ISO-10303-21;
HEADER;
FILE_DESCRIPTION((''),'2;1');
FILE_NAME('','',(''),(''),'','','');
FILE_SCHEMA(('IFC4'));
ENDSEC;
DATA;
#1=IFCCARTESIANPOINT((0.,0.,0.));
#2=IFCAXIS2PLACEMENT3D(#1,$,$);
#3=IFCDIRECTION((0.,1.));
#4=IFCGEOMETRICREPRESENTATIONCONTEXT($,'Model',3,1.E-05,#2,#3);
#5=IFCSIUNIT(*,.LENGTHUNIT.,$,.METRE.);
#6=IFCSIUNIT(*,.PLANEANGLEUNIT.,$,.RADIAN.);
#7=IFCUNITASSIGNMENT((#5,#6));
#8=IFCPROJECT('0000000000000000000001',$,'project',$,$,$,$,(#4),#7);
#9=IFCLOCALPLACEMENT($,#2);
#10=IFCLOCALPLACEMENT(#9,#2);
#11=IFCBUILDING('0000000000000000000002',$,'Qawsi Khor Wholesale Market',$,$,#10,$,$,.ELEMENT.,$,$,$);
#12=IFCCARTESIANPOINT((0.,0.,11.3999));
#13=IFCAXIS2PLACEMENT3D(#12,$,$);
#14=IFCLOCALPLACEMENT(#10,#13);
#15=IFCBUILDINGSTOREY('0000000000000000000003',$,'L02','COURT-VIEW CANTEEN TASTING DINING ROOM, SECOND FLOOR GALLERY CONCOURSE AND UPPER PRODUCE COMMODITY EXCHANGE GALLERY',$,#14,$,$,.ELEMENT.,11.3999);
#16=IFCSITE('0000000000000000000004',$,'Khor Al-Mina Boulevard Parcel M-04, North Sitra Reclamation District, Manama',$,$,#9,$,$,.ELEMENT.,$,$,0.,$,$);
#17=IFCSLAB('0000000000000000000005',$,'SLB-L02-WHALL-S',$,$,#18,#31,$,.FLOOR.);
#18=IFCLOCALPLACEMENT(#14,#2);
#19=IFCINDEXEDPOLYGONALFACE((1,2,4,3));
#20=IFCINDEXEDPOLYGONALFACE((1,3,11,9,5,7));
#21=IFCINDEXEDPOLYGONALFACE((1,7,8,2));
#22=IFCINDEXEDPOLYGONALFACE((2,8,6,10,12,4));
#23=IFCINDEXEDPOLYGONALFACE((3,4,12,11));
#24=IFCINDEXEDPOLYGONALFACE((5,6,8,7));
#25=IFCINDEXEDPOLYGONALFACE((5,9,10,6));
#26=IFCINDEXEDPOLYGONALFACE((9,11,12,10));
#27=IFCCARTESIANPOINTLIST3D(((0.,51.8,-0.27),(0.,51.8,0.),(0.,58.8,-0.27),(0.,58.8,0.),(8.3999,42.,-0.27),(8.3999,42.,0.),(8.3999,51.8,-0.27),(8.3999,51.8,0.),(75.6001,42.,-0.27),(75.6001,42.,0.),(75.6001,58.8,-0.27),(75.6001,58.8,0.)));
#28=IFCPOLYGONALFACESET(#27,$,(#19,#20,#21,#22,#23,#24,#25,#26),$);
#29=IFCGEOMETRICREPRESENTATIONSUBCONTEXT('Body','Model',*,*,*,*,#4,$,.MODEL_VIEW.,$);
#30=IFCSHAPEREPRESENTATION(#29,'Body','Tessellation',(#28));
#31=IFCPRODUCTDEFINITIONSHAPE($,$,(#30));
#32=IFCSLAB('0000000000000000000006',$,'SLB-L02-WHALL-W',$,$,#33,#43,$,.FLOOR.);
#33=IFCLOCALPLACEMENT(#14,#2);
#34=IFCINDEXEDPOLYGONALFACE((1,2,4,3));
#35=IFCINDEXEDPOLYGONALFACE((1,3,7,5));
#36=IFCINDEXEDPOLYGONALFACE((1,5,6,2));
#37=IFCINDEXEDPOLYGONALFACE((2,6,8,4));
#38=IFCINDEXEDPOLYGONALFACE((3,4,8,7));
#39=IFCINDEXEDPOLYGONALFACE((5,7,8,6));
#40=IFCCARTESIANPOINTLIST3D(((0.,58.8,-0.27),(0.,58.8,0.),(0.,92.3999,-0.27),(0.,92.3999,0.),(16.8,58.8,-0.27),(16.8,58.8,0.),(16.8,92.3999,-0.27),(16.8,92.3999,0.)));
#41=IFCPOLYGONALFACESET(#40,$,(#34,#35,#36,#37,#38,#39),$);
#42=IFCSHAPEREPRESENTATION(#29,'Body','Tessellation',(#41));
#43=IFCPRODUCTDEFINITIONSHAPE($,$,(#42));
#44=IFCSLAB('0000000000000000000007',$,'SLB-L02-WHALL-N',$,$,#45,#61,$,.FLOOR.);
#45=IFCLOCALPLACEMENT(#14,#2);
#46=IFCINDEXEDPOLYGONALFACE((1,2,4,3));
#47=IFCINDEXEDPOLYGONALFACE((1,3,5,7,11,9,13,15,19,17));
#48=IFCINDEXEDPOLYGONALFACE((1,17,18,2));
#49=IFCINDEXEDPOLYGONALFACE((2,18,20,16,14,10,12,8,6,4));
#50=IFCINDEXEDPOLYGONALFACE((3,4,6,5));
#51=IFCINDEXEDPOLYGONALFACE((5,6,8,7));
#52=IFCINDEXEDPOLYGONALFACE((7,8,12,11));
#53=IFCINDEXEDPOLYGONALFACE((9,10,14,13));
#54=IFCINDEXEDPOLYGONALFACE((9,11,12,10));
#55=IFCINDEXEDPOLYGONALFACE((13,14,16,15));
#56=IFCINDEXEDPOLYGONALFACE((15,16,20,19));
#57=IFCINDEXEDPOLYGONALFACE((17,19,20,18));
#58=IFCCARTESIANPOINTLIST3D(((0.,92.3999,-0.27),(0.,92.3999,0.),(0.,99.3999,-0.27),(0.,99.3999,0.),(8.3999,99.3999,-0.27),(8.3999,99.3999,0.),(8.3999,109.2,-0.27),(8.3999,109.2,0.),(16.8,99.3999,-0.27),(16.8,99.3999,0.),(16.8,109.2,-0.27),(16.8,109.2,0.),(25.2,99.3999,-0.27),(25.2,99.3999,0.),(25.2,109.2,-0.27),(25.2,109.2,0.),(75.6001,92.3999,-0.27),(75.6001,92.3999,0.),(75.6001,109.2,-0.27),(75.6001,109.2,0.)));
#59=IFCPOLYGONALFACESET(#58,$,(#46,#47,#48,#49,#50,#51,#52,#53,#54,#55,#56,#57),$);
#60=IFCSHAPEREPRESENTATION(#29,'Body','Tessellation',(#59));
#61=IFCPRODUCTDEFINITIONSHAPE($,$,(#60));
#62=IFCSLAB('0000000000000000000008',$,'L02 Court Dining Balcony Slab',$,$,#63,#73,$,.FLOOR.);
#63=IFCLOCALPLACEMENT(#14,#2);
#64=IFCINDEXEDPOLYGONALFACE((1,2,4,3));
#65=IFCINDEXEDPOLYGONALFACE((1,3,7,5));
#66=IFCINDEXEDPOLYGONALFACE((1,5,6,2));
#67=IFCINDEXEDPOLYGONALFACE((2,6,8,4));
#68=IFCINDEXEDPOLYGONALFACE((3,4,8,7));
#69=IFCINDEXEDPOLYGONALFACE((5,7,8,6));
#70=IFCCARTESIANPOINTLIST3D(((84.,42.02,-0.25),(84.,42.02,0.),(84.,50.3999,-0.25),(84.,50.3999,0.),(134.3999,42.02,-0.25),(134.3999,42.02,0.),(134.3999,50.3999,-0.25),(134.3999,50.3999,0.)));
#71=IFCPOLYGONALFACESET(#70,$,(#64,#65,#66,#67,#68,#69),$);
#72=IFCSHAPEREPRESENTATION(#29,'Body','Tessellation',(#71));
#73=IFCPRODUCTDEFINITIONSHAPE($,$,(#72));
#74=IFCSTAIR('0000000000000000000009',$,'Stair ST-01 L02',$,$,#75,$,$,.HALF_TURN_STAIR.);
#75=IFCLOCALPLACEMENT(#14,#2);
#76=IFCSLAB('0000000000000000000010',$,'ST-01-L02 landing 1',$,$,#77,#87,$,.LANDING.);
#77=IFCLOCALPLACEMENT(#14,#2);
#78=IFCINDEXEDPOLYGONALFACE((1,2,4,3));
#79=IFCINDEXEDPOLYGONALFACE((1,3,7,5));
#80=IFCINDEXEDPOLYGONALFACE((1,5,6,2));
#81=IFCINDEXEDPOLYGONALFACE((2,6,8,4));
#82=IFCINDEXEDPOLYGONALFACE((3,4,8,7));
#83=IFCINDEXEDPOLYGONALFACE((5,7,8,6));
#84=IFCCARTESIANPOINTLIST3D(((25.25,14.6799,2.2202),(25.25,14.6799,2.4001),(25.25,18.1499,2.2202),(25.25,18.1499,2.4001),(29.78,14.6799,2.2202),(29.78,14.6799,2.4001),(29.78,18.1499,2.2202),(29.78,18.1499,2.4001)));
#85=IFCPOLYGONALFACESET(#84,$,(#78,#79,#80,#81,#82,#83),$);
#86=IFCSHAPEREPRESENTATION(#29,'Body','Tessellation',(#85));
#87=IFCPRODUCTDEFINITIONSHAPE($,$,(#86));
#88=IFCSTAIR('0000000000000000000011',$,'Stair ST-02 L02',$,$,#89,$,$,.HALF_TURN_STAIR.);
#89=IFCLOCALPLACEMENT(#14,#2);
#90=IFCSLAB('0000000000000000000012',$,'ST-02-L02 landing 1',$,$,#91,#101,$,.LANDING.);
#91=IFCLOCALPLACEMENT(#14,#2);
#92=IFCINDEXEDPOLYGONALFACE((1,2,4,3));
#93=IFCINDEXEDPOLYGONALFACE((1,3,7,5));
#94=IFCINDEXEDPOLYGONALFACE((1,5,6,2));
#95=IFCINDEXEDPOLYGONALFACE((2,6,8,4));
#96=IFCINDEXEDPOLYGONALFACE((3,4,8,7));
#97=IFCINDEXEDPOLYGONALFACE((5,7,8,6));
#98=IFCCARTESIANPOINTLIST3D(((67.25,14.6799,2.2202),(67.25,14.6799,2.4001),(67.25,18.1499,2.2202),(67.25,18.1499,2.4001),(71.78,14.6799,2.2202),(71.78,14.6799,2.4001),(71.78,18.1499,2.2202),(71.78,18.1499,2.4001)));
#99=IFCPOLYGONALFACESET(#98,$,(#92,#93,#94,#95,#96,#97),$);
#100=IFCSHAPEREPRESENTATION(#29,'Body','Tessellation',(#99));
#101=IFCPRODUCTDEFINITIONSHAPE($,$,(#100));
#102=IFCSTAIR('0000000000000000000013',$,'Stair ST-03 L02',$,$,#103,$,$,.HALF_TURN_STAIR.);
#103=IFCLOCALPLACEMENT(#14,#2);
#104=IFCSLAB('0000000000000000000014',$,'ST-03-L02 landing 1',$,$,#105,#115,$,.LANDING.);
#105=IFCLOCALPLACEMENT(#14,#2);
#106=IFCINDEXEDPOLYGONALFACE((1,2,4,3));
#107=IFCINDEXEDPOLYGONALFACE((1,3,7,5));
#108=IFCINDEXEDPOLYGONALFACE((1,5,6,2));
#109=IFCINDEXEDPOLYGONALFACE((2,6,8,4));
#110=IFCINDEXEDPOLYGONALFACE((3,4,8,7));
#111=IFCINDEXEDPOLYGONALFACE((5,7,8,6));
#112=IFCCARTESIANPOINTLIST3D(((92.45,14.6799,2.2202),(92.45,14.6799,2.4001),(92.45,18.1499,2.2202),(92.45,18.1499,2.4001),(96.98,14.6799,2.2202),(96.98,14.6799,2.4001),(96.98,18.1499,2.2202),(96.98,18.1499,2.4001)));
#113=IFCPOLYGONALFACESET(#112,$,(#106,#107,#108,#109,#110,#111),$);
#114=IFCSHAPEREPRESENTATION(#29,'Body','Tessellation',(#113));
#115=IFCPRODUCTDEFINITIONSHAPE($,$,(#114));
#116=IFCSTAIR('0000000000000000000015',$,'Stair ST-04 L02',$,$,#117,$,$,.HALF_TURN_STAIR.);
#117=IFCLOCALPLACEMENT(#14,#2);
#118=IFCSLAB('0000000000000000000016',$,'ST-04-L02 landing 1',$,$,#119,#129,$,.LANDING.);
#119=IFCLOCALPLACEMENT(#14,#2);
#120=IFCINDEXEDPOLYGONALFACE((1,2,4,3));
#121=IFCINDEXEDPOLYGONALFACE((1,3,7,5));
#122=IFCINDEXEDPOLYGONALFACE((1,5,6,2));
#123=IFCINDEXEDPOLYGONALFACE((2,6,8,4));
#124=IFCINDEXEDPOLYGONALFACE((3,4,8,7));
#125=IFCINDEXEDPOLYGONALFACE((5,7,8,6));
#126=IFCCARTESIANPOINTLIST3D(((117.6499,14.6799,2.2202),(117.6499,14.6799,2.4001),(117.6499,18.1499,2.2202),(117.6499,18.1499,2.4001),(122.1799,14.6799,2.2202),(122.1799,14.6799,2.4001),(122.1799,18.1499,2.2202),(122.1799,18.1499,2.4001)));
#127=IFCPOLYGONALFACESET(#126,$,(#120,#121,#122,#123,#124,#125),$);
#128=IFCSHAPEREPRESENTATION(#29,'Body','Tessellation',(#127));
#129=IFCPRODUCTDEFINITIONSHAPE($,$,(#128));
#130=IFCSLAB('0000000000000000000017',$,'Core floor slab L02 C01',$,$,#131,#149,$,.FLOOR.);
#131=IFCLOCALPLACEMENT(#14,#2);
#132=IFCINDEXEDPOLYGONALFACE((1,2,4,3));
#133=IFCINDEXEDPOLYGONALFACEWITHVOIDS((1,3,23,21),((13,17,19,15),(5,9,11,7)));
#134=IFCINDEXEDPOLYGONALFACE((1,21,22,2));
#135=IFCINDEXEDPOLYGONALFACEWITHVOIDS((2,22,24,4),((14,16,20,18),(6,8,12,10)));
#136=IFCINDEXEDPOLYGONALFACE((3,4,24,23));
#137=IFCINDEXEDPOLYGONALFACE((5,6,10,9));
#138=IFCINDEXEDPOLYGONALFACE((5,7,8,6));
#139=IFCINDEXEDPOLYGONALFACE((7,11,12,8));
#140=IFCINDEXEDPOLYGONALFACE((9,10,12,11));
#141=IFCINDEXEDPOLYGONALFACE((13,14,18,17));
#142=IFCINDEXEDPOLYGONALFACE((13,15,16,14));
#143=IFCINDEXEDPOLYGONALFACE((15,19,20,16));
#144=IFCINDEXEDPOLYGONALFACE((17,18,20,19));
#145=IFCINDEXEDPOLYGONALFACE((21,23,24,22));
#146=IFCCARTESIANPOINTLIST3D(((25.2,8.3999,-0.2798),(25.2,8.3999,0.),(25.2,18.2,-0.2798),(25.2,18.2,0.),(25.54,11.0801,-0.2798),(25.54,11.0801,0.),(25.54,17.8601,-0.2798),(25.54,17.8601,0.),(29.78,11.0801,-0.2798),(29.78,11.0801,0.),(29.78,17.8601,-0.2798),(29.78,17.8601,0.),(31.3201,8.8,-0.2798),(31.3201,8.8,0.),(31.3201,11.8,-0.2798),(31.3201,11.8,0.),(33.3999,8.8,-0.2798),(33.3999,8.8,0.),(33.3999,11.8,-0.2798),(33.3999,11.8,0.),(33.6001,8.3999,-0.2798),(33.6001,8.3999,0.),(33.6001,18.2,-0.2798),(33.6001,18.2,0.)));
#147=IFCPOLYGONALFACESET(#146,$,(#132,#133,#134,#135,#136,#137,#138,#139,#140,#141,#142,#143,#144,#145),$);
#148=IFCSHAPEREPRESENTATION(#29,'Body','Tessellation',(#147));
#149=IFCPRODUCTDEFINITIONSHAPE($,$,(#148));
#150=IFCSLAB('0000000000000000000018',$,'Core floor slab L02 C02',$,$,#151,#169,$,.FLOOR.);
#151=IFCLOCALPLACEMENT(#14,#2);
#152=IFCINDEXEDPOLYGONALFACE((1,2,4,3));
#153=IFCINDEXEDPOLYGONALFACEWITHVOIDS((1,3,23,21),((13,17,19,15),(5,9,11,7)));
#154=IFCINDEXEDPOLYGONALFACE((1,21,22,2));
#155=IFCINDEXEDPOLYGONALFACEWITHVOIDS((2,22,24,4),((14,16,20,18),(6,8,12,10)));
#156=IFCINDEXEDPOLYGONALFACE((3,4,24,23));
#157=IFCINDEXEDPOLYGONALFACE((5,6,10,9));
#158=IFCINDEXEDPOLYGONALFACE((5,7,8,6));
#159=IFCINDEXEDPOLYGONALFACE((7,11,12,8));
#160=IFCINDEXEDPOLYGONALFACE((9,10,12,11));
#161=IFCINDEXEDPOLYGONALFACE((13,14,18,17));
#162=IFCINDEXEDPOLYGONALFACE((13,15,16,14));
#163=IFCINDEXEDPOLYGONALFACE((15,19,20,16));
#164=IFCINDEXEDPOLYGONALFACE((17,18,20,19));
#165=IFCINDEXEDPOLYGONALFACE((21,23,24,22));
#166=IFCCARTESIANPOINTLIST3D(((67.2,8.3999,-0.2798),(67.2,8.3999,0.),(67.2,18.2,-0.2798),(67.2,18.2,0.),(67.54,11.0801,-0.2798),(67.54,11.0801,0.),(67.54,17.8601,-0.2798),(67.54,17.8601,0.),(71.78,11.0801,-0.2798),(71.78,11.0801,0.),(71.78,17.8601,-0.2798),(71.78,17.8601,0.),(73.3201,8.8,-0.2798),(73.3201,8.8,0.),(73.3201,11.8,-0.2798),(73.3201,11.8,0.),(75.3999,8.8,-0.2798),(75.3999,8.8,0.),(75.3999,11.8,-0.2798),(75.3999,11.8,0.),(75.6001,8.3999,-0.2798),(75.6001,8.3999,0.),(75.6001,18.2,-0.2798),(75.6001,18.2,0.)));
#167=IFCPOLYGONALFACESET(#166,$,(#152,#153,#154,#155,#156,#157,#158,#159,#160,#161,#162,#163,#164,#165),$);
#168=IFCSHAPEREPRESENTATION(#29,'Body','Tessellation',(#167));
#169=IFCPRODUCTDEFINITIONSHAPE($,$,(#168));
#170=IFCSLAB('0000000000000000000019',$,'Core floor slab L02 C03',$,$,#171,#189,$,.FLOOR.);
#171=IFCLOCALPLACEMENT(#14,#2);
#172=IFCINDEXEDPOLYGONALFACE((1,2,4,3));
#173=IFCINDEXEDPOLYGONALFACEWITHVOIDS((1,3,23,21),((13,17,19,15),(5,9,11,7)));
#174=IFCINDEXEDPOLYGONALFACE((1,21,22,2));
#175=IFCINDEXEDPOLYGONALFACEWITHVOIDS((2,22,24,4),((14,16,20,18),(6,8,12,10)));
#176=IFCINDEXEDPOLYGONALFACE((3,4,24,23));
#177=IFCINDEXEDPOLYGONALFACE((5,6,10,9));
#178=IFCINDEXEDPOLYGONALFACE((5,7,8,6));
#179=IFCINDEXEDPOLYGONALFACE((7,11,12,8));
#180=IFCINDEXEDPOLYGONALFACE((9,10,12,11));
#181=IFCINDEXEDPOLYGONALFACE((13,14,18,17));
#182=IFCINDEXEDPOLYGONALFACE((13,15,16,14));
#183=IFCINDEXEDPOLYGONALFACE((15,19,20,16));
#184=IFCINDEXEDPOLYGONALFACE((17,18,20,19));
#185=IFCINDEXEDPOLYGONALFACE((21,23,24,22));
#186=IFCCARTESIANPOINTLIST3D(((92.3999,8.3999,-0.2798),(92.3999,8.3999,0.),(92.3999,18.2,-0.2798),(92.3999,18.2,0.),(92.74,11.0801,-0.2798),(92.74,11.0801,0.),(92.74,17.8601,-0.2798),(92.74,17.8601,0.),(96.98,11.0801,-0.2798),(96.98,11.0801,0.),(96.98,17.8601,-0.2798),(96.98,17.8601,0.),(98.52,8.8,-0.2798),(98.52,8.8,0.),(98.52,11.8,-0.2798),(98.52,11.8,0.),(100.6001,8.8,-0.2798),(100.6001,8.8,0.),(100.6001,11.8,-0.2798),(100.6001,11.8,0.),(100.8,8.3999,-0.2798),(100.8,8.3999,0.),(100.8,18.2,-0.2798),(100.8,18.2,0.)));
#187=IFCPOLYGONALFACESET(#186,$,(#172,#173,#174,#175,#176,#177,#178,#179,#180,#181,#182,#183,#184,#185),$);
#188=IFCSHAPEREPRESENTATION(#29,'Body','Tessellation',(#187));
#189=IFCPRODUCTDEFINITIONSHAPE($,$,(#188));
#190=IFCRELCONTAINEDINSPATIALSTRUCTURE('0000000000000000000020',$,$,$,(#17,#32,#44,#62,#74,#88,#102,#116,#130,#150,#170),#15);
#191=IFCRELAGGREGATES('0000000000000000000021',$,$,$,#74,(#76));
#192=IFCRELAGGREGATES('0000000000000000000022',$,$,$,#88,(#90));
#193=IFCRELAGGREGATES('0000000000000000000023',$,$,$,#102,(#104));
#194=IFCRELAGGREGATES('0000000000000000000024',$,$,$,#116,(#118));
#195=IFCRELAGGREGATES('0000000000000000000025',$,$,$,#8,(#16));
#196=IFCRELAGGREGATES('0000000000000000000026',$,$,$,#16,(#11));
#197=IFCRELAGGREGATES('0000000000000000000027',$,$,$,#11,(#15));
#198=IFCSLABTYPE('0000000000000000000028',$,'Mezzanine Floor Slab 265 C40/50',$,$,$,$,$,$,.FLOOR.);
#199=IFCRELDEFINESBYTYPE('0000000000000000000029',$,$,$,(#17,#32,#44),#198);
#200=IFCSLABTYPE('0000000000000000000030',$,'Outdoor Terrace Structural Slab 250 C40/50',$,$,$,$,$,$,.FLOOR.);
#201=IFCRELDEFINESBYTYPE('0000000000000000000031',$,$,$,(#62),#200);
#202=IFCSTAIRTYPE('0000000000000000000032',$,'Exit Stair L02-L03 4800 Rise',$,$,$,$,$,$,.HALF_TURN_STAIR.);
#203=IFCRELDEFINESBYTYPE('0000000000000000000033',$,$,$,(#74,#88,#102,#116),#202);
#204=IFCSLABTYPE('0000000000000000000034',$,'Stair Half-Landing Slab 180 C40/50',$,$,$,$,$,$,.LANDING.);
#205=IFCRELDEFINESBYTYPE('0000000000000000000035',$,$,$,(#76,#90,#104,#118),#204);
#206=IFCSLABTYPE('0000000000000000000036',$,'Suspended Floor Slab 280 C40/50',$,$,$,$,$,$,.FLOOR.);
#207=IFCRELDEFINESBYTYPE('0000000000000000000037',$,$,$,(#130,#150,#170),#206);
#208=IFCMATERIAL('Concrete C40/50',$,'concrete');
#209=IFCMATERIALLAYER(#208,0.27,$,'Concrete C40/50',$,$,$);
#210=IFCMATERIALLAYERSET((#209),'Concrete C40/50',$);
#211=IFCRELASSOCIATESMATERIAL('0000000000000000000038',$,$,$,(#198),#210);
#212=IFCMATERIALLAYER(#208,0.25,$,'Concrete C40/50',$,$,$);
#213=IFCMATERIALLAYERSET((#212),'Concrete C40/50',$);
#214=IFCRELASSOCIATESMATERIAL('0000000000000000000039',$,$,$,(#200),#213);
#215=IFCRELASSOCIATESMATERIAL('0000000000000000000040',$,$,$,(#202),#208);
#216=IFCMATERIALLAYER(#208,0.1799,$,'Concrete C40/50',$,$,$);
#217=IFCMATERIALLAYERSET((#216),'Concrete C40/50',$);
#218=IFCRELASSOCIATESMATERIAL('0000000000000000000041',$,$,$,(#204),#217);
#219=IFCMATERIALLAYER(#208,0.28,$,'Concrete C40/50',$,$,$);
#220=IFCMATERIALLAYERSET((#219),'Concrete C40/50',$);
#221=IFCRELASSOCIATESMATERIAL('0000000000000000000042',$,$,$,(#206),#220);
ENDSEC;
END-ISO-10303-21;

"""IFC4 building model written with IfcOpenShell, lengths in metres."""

from ifc_helpers import new_model, si_unit, direction, frame, origin, place, context, subcontext, project, spatial, polyline, outline, extrude, material, layer, layer_set, type_object, element, aggregate, save


model = new_model("IFC4")

# Units and contexts
model_context = context("Model", 3, precision=1e-05, world=origin(), true_north=direction((0.0, 1.0)))
body_context = subcontext(model_context, "Body", "Model", "MODEL_VIEW")
ifc_project = project(units=[si_unit("LENGTHUNIT", "METRE"), si_unit("PLANEANGLEUNIT", "RADIAN")], contexts=[model_context])

# Site, building, storey
site_placement = place(None, origin())
site = spatial("IfcSite", under=ifc_project, at=site_placement, Name="Khor Al-Mina Boulevard Parcel M-04, North Sitra Reclamation District, Manama", CompositionType="ELEMENT", RefElevation=0.0)
building_placement = place(site_placement, origin())
building = spatial("IfcBuilding", under=site, at=building_placement, Name="Qawsi Khor Wholesale Market", CompositionType="ELEMENT")
storey_placement = place(building_placement, frame((0.0, 0.0, 11.3999)))
storey = spatial("IfcBuildingStorey", under=building, at=storey_placement, Name="L02", Description="COURT-VIEW CANTEEN TASTING DINING ROOM, SECOND FLOOR GALLERY CONCOURSE AND UPPER PRODUCE COMMODITY EXCHANGE GALLERY", CompositionType="ELEMENT", Elevation=11.3999)

# Slabs
ifc_material_1 = material(Name="Concrete C40/50", Category="concrete")
ifc_layer_1 = layer(ifc_material_1, 0.27, Name="Concrete C40/50")
ifc_layer_set_1 = layer_set([ifc_layer_1], Name="Concrete C40/50")
slab_type_1 = type_object("IfcSlabType", Name="Mezzanine Floor Slab 265 C40/50", PredefinedType="FLOOR", material=ifc_layer_set_1)
slab_1_placement = place(storey_placement, frame((0.0, 0.0, -0.27)))
element("IfcSlab", 1, at=slab_1_placement, inside=storey, type_object=slab_type_1, Name="SLB-L02-WHALL-S", PredefinedType="FLOOR", context=body_context, shape_type="SweptSolid", body=[
    extrude(outline(polyline([(0.0, 58.8), (75.6001, 58.8), (75.6001, 42.0), (8.3999, 42.0), (8.3999, 51.8), (0.0, 51.8), (0.0, 58.8)])), origin(), (0.0, 0.0, 1.0), 0.27),
])
slab_2_placement = place(storey_placement, frame((0.0, 0.0, -0.27)))
element("IfcSlab", 2, at=slab_2_placement, inside=storey, type_object=slab_type_1, Name="SLB-L02-WHALL-W", PredefinedType="FLOOR", context=body_context, shape_type="SweptSolid", body=[
    extrude(outline(polyline([(0.0, 92.3999), (16.8, 92.3999), (16.8, 58.8), (0.0, 58.8), (0.0, 92.3999)])), origin(), (0.0, 0.0, 1.0), 0.27),
])
slab_3_placement = place(storey_placement, frame((0.0, 0.0, -0.27)))
element("IfcSlab", 3, at=slab_3_placement, inside=storey, type_object=slab_type_1, Name="SLB-L02-WHALL-N", PredefinedType="FLOOR", context=body_context, shape_type="SweptSolid", body=[
    extrude(outline(polyline([(0.0, 99.3999), (8.3999, 99.3999), (8.3999, 109.2), (16.8, 109.2), (16.8, 99.3999), (25.2, 99.3999), (25.2, 109.2), (75.6001, 109.2), (75.6001, 92.3999), (0.0, 92.3999), (0.0, 99.3999)])), origin(), (0.0, 0.0, 1.0), 0.27),
])
ifc_layer_2 = layer(ifc_material_1, 0.25, Name="Concrete C40/50")
ifc_layer_set_2 = layer_set([ifc_layer_2], Name="Concrete C40/50")
slab_type_2 = type_object("IfcSlabType", Name="Outdoor Terrace Structural Slab 250 C40/50", PredefinedType="FLOOR", material=ifc_layer_set_2)
slab_4_placement = place(storey_placement, frame((0.0, 0.0, -0.25)))
element("IfcSlab", 4, at=slab_4_placement, inside=storey, type_object=slab_type_2, Name="L02 Court Dining Balcony Slab", PredefinedType="FLOOR", context=body_context, shape_type="SweptSolid", body=[
    extrude(outline(polyline([(84.0, 42.02), (134.3999, 42.02), (134.3999, 50.3999), (84.0, 50.3999), (84.0, 42.02)])), origin(), (0.0, 0.0, 1.0), 0.25),
])

# Stairs, slabs
stair_type = type_object("IfcStairType", Name="Exit Stair L02-L03 4800 Rise", PredefinedType="HALF_TURN_STAIR", material=ifc_material_1)
stair_1_placement = place(storey_placement, origin())
stair_1 = element("IfcStair", 5, at=stair_1_placement, inside=storey, type_object=stair_type, Name="Stair ST-01 L02", PredefinedType="HALF_TURN_STAIR")
ifc_layer_3 = layer(ifc_material_1, 0.1799, Name="Concrete C40/50")
ifc_layer_set_3 = layer_set([ifc_layer_3], Name="Concrete C40/50")
slab_type_3 = type_object("IfcSlabType", Name="Stair Half-Landing Slab 180 C40/50", PredefinedType="LANDING", material=ifc_layer_set_3)
slab_5_placement = place(storey_placement, frame((0.0, 0.0, 2.2202)))
slab_5 = element("IfcSlab", 6, at=slab_5_placement, type_object=slab_type_3, Name="ST-01-L02 landing 1", PredefinedType="LANDING", context=body_context, shape_type="SweptSolid", body=[
    extrude(outline(polyline([(25.25, 14.6799), (29.78, 14.6799), (29.78, 18.1499), (25.25, 18.1499), (25.25, 14.6799)])), origin(), (0.0, 0.0, 1.0), 0.1799),
])
aggregate(stair_1, [slab_5])
stair_2_placement = place(storey_placement, origin())
stair_2 = element("IfcStair", 7, at=stair_2_placement, inside=storey, type_object=stair_type, Name="Stair ST-02 L02", PredefinedType="HALF_TURN_STAIR")
slab_6_placement = place(storey_placement, frame((0.0, 0.0, 2.2202)))
slab_6 = element("IfcSlab", 8, at=slab_6_placement, type_object=slab_type_3, Name="ST-02-L02 landing 1", PredefinedType="LANDING", context=body_context, shape_type="SweptSolid", body=[
    extrude(outline(polyline([(67.25, 14.6799), (71.78, 14.6799), (71.78, 18.1499), (67.25, 18.1499), (67.25, 14.6799)])), origin(), (0.0, 0.0, 1.0), 0.1799),
])
aggregate(stair_2, [slab_6])
stair_3_placement = place(storey_placement, origin())
stair_3 = element("IfcStair", 9, at=stair_3_placement, inside=storey, type_object=stair_type, Name="Stair ST-03 L02", PredefinedType="HALF_TURN_STAIR")
slab_7_placement = place(storey_placement, frame((0.0, 0.0, 2.2202)))
slab_7 = element("IfcSlab", 10, at=slab_7_placement, type_object=slab_type_3, Name="ST-03-L02 landing 1", PredefinedType="LANDING", context=body_context, shape_type="SweptSolid", body=[
    extrude(outline(polyline([(92.45, 14.6799), (96.98, 14.6799), (96.98, 18.1499), (92.45, 18.1499), (92.45, 14.6799)])), origin(), (0.0, 0.0, 1.0), 0.1799),
])
aggregate(stair_3, [slab_7])
stair_4_placement = place(storey_placement, origin())
stair_4 = element("IfcStair", 11, at=stair_4_placement, inside=storey, type_object=stair_type, Name="Stair ST-04 L02", PredefinedType="HALF_TURN_STAIR")
slab_8_placement = place(storey_placement, frame((0.0, 0.0, 2.2202)))
slab_8 = element("IfcSlab", 12, at=slab_8_placement, type_object=slab_type_3, Name="ST-04-L02 landing 1", PredefinedType="LANDING", context=body_context, shape_type="SweptSolid", body=[
    extrude(outline(polyline([(117.6499, 14.6799), (122.1799, 14.6799), (122.1799, 18.1499), (117.6499, 18.1499), (117.6499, 14.6799)])), origin(), (0.0, 0.0, 1.0), 0.1799),
])
aggregate(stair_4, [slab_8])

# Slabs
ifc_layer_4 = layer(ifc_material_1, 0.28, Name="Concrete C40/50")
ifc_layer_set_4 = layer_set([ifc_layer_4], Name="Concrete C40/50")
slab_type_4 = type_object("IfcSlabType", Name="Suspended Floor Slab 280 C40/50", PredefinedType="FLOOR", material=ifc_layer_set_4)
slab_9_placement = place(storey_placement, frame((0.0, 0.0, -0.2798)))
element("IfcSlab", 13, at=slab_9_placement, inside=storey, type_object=slab_type_4, Name="Core floor slab L02 C01", PredefinedType="FLOOR", context=body_context, shape_type="SweptSolid", body=[
    extrude(outline(polyline([(25.2, 18.2), (33.6001, 18.2), (33.6001, 8.3999), (25.2, 8.3999), (25.2, 18.2)]), holes=[polyline([(31.3201, 8.8), (33.3999, 8.8), (33.3999, 11.8), (31.3201, 11.8), (31.3201, 8.8)]), polyline([(25.54, 11.0801), (29.78, 11.0801), (29.78, 17.8601), (25.54, 17.8601), (25.54, 11.0801)])]), origin(), (0.0, 0.0, 1.0), 0.2798),
])
slab_10_placement = place(storey_placement, frame((0.0, 0.0, -0.2798)))
element("IfcSlab", 14, at=slab_10_placement, inside=storey, type_object=slab_type_4, Name="Core floor slab L02 C02", PredefinedType="FLOOR", context=body_context, shape_type="SweptSolid", body=[
    extrude(outline(polyline([(67.2, 18.2), (75.6001, 18.2), (75.6001, 8.3999), (67.2, 8.3999), (67.2, 18.2)]), holes=[polyline([(73.3201, 8.8), (75.3999, 8.8), (75.3999, 11.8), (73.3201, 11.8), (73.3201, 8.8)]), polyline([(67.54, 11.0801), (71.78, 11.0801), (71.78, 17.8601), (67.54, 17.8601), (67.54, 11.0801)])]), origin(), (0.0, 0.0, 1.0), 0.2798),
])
slab_11_placement = place(storey_placement, frame((0.0, 0.0, -0.2798)))
element("IfcSlab", 15, at=slab_11_placement, inside=storey, type_object=slab_type_4, Name="Core floor slab L02 C03", PredefinedType="FLOOR", context=body_context, shape_type="SweptSolid", body=[
    extrude(outline(polyline([(92.3999, 18.2), (100.8, 18.2), (100.8, 8.3999), (92.3999, 8.3999), (92.3999, 18.2)]), holes=[polyline([(98.52, 8.8), (100.6001, 8.8), (100.6001, 11.8), (98.52, 11.8), (98.52, 8.8)]), polyline([(92.74, 11.0801), (96.98, 11.0801), (96.98, 17.8601), (92.74, 17.8601), (92.74, 11.0801)])]), origin(), (0.0, 0.0, 1.0), 0.2798),
])

save(model, "model.ifc")
